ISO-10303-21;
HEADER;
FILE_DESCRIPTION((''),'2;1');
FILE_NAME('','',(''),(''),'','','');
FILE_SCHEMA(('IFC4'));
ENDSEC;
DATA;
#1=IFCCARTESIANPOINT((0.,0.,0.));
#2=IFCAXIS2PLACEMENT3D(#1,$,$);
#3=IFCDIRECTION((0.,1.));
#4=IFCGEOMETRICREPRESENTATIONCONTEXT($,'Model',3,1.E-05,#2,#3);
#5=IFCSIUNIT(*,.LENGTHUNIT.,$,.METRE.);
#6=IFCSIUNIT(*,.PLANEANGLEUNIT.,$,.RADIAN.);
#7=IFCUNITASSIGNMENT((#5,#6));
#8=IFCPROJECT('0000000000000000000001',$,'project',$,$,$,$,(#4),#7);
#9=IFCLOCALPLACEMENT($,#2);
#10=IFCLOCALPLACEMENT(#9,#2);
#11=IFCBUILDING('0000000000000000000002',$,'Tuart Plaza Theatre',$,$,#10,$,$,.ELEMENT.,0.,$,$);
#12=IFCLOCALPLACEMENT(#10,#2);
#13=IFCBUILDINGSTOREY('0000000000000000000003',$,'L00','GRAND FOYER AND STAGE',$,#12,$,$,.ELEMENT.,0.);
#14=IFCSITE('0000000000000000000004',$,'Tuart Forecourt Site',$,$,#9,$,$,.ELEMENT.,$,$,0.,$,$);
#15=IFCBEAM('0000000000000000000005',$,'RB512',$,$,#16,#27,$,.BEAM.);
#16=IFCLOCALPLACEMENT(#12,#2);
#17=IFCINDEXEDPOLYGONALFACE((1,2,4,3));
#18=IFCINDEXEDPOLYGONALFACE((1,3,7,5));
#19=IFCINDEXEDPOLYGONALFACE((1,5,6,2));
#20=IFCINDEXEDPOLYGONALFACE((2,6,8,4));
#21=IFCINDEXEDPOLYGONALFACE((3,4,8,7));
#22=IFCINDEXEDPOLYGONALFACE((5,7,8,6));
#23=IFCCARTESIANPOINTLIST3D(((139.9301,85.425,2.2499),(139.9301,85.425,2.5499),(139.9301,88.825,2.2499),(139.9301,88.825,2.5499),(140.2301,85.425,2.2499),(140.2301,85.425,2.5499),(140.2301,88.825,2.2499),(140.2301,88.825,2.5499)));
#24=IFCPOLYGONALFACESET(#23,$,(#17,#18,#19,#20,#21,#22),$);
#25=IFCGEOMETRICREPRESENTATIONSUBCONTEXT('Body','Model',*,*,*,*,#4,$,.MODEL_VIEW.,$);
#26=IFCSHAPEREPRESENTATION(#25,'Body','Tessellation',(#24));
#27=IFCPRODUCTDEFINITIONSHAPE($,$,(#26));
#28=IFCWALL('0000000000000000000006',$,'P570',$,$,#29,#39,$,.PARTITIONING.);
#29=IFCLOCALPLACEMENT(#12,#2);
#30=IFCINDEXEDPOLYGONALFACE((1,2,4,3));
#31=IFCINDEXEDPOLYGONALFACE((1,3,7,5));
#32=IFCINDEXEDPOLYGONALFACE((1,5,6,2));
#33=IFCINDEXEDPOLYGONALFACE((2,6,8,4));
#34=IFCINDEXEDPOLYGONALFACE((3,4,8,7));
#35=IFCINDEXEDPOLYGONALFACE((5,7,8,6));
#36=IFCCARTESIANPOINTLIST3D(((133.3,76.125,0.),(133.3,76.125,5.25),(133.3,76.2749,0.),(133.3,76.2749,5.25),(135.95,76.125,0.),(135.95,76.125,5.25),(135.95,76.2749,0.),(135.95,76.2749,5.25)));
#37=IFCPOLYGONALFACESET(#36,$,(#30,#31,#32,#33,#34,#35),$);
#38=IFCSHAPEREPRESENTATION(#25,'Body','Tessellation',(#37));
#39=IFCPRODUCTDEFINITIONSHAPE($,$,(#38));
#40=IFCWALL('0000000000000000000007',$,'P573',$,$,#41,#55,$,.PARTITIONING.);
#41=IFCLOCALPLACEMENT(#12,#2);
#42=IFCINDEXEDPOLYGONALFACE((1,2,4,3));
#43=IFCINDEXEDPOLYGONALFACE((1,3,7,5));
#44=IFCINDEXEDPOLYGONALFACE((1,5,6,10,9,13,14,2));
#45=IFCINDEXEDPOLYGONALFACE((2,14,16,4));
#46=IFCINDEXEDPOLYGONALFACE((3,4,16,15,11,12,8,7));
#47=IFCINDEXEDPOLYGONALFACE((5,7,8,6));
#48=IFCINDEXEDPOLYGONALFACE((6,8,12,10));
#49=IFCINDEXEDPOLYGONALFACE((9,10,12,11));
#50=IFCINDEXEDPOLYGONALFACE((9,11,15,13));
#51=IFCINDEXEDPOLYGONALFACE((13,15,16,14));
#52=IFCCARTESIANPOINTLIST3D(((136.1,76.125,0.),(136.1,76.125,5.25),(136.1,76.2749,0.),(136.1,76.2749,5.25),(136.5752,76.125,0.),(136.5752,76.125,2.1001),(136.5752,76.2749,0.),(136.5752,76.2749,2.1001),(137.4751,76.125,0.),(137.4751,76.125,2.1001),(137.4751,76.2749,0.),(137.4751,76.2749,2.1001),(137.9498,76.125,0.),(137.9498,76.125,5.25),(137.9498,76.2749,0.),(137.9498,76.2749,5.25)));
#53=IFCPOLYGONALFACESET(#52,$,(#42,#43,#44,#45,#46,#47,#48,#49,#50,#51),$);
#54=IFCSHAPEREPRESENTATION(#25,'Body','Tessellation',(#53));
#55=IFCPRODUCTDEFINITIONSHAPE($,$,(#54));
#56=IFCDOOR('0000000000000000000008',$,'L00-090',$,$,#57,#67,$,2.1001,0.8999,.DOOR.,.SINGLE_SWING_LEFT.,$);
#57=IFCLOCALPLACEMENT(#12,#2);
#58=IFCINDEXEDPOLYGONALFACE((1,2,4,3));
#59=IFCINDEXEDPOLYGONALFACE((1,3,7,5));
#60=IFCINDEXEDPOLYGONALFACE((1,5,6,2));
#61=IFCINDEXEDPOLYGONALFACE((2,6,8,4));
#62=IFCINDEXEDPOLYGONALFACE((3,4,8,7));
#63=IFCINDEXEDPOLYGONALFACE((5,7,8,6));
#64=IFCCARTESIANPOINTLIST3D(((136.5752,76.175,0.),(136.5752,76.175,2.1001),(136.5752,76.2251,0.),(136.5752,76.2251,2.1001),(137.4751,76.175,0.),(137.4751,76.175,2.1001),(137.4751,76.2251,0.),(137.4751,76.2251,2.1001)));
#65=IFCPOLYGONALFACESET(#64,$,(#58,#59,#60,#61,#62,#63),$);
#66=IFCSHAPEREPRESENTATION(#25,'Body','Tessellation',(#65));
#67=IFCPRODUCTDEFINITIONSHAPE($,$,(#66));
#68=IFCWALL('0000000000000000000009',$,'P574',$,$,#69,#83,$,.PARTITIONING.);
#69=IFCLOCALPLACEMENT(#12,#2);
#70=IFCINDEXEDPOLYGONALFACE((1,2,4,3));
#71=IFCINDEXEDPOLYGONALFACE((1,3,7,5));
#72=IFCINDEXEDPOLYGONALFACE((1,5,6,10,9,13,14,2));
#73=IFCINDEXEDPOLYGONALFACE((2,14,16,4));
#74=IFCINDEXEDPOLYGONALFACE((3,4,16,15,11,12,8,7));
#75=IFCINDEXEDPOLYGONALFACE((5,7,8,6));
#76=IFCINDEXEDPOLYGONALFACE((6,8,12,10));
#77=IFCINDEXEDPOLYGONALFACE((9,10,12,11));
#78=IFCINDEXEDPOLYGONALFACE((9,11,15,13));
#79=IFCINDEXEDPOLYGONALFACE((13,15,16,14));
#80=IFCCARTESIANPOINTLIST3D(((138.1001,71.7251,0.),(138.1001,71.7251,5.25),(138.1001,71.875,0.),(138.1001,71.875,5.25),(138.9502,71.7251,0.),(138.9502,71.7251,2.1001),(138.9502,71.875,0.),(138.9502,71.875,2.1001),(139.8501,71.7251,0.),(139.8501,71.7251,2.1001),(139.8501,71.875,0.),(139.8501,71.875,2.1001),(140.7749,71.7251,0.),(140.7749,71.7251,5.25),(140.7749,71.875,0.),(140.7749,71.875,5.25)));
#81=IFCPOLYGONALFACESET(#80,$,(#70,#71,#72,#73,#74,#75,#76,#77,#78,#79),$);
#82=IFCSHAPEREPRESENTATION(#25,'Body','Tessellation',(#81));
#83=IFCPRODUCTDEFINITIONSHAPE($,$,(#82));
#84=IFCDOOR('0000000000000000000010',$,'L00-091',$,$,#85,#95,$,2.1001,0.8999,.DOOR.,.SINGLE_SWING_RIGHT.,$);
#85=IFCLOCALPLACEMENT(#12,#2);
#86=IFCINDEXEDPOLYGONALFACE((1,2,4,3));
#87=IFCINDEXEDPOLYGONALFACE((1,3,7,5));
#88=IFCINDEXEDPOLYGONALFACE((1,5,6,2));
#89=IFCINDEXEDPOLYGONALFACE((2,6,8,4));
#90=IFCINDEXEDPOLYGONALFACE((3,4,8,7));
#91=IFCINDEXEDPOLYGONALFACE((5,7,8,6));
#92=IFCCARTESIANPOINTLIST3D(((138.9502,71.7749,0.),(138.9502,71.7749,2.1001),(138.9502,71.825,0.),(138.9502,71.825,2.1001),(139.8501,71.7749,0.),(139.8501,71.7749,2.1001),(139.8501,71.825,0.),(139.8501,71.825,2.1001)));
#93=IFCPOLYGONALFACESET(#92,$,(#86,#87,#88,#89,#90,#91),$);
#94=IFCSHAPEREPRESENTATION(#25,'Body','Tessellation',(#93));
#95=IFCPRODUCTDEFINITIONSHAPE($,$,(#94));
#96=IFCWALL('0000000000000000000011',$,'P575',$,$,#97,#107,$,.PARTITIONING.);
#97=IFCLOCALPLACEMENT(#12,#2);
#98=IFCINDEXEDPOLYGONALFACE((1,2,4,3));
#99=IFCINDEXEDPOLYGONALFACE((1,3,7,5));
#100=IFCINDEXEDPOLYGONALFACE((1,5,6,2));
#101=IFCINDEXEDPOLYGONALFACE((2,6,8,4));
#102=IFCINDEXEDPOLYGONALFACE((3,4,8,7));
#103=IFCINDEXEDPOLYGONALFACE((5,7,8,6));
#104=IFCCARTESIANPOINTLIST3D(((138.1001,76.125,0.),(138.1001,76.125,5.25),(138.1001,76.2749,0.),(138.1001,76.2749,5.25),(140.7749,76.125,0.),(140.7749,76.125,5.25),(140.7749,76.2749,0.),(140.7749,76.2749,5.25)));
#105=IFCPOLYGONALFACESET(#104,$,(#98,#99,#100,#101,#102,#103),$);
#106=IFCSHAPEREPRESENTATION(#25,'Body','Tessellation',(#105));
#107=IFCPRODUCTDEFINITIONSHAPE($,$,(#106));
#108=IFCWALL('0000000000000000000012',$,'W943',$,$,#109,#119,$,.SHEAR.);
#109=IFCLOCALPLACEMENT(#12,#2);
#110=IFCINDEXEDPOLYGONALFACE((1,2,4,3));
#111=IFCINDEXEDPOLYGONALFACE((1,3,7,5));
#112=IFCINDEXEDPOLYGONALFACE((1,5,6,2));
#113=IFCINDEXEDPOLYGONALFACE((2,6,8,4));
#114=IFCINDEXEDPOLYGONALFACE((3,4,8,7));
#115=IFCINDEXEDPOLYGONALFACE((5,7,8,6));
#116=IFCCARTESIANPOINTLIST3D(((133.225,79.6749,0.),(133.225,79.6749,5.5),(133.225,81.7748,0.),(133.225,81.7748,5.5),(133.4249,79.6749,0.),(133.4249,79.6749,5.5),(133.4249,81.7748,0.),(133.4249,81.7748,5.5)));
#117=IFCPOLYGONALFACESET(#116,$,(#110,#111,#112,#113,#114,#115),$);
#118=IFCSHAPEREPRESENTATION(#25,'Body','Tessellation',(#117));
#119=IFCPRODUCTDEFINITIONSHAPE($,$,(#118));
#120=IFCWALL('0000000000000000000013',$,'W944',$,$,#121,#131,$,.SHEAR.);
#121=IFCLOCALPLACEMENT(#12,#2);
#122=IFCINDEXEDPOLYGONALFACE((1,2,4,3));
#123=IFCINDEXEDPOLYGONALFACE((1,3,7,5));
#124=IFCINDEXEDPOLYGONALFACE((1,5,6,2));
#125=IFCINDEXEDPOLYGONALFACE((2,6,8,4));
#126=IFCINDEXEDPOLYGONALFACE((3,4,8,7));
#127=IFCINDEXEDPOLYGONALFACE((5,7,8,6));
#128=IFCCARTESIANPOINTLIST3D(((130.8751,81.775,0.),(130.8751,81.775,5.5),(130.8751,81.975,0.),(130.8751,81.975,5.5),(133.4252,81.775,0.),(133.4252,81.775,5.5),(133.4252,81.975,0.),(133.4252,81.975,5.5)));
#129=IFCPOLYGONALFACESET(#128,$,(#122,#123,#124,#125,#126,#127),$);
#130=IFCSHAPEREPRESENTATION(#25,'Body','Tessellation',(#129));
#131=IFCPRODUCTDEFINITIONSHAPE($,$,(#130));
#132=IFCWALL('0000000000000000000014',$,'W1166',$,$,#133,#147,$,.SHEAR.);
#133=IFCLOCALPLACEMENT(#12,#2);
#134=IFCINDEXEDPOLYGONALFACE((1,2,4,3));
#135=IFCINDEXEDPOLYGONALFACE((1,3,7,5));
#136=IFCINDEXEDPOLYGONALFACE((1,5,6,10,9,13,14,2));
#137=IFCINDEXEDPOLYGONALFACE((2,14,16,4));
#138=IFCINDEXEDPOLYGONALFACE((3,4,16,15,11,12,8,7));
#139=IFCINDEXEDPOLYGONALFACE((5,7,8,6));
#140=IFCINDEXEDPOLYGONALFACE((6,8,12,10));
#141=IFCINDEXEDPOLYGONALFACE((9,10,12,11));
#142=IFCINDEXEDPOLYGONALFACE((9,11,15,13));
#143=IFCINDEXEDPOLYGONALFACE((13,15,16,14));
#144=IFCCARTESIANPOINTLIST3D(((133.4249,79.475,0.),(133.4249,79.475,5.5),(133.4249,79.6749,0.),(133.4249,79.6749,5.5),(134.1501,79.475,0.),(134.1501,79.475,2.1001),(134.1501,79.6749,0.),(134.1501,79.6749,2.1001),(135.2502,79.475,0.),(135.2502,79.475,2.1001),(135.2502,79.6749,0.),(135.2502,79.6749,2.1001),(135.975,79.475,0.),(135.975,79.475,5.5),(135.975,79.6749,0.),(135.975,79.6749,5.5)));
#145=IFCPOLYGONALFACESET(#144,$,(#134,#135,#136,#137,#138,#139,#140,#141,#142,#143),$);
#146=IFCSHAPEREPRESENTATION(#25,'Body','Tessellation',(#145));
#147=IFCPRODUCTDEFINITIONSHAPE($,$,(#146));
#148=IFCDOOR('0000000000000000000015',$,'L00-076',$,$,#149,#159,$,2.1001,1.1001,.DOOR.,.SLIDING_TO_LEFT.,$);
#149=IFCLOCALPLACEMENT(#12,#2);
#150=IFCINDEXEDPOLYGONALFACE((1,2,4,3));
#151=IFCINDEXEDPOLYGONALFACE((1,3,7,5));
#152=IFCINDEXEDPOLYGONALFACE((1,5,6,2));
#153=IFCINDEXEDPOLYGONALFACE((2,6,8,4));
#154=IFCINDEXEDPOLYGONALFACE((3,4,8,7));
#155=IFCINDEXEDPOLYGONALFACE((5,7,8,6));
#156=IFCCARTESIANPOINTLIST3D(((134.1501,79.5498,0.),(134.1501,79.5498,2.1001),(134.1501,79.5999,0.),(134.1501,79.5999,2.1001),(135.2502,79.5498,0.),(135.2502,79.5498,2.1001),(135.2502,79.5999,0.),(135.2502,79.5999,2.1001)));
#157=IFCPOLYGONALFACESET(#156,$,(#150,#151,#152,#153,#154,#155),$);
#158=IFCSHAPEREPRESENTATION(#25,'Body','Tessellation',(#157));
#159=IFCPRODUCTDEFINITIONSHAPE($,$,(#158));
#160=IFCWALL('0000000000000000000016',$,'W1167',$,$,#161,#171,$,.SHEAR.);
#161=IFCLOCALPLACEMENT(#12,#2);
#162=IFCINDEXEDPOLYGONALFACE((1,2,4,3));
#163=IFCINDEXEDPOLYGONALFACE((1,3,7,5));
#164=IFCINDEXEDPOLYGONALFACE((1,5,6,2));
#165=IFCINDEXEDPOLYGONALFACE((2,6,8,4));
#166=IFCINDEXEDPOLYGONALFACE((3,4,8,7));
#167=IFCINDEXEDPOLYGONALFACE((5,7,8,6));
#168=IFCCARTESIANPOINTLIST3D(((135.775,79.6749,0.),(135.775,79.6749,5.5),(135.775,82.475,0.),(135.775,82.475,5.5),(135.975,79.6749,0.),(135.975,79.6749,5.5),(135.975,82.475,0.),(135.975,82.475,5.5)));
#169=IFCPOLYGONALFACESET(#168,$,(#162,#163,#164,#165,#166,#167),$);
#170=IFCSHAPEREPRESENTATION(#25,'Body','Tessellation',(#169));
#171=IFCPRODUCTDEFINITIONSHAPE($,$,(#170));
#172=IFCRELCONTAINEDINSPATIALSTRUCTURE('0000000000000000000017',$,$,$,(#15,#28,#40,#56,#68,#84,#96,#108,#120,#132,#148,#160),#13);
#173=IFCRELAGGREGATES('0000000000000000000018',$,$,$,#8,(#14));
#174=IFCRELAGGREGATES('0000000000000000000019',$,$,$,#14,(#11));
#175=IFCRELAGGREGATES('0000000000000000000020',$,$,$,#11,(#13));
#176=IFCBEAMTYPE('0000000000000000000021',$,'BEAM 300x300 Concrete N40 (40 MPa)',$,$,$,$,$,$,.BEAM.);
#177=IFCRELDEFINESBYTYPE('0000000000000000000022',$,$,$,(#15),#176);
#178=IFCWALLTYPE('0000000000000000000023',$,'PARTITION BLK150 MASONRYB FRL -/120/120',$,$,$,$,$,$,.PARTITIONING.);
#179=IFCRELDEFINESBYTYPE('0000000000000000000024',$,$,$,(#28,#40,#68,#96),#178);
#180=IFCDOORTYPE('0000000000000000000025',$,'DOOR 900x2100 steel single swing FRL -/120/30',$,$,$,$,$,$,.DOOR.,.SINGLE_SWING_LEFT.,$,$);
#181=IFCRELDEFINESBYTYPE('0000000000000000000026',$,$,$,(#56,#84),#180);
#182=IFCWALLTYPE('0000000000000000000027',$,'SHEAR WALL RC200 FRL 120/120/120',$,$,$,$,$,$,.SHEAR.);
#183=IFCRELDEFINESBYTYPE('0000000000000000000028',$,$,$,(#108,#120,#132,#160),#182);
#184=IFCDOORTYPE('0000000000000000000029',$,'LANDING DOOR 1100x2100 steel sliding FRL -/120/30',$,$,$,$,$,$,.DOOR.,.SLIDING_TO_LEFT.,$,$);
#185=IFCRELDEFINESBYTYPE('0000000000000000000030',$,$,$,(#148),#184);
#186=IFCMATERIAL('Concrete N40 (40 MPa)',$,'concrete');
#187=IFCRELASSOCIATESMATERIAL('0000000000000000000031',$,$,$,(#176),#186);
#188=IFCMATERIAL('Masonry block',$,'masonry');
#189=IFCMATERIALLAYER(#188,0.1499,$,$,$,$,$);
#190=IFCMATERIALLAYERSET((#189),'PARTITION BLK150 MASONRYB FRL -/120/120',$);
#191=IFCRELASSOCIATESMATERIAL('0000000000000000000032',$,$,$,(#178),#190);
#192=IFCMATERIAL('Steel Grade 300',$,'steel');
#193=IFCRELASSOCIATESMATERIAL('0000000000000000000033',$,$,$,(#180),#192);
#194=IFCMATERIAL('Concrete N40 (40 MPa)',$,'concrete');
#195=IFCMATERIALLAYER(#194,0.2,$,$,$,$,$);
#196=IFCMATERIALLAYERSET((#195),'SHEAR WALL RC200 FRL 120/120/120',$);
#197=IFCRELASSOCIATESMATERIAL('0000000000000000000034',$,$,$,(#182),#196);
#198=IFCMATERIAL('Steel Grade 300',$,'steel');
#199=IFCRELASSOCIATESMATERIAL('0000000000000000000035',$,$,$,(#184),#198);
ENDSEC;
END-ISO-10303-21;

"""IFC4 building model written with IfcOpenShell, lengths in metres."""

from ifc_helpers import new_model, si_unit, direction, frame, frame_2d, origin, origin_2d, place, context, subcontext, project, spatial, rectangle, extrude, material, layer, layer_set, material_profile, profile_set, type_object, element, fill, save


model = new_model("IFC4")

# Units and contexts
model_context = context("Model", 3, precision=1e-05, world=origin(), true_north=direction((0.0, 1.0)))
body_context = subcontext(model_context, "Body", "Model", "MODEL_VIEW")
ifc_project = project(units=[si_unit("LENGTHUNIT", "METRE"), si_unit("PLANEANGLEUNIT", "RADIAN")], contexts=[model_context])

# Site, building, storey
site_placement = place(None, origin())
site = spatial("IfcSite", under=ifc_project, at=site_placement, Name="Tuart Forecourt Site", CompositionType="ELEMENT", RefElevation=0.0)
building_placement = place(site_placement, origin())
building = spatial("IfcBuilding", under=site, at=building_placement, Name="Tuart Plaza Theatre", CompositionType="ELEMENT", ElevationOfRefHeight=0.0)
storey_placement = place(building_placement, origin())
storey = spatial("IfcBuildingStorey", under=building, at=storey_placement, Name="L00", Description="GRAND FOYER AND STAGE", CompositionType="ELEMENT", Elevation=0.0)

# Beam
ifc_material_1 = material(Name="Concrete N40 (40 MPa)", Category="concrete")
ifc_material_profile = material_profile(ifc_material_1, rectangle(XDim=0.3, YDim=0.3, at=origin_2d()), Name="BEAM 300x300 Concrete N40 (40 MPa)")
ifc_profile_set = profile_set([ifc_material_profile], Name="Concrete N40 (40 MPa)")
beam_type = type_object("IfcBeamType", Name="BEAM 300x300 Concrete N40 (40 MPa)", PredefinedType="BEAM", material=ifc_profile_set)
beam_placement = place(storey_placement, frame((140.0801, 85.425, 2.3999), z_axis=(0.0, 1.0, 0.0), x_axis=(-1.0, 0.0, 0.0)))
element("IfcBeam", 1, at=beam_placement, inside=storey, type_object=beam_type, Name="RB512", PredefinedType="BEAM", context=body_context, shape_type="SweptSolid", body=[
    extrude(rectangle(XDim=0.3, YDim=0.3, at=origin_2d()), origin(), (0.0, 0.0, 1.0), 3.3999),
])

# Wall
ifc_material_2 = material(Name="Masonry block", Category="masonry")
ifc_layer_1 = layer(ifc_material_2, 0.1499)
ifc_layer_set_1 = layer_set([ifc_layer_1], Name="PARTITION BLK150 MASONRYB FRL -/120/120")
wall_type_1 = type_object("IfcWallType", Name="PARTITION BLK150 MASONRYB FRL -/120/120", PredefinedType="PARTITIONING", material=ifc_layer_set_1)
wall_1_placement = place(storey_placement, frame((133.3, 76.2, 0.0), z_axis=(0.0, 0.0, 1.0), x_axis=(1.0, 0.0, 0.0)))
element("IfcWall", 2, at=wall_1_placement, inside=storey, type_object=wall_type_1, Name="P570", PredefinedType="PARTITIONING", context=body_context, shape_type="SweptSolid", body=[
    extrude(rectangle(XDim=2.6499, YDim=0.1499, at=frame_2d((1.325, 0.0))), origin(), (0.0, 0.0, 1.0), 5.25),
])

# Walls, openings, doors
wall_2_placement = place(storey_placement, frame((136.1001, 76.2, 0.0), z_axis=(0.0, 0.0, 1.0), x_axis=(1.0, 0.0, 0.0)))
wall_2 = element("IfcWall", 3, at=wall_2_placement, inside=storey, type_object=wall_type_1, Name="P573", PredefinedType="PARTITIONING", context=body_context, shape_type="SweptSolid", body=[
    extrude(rectangle(XDim=1.8499, YDim=0.1499, at=frame_2d((0.9248, 0.0))), origin(), (0.0, 0.0, 1.0), 5.25),
])
opening_1_placement = place(wall_2_placement, frame((0.4751, 0.0, 0.0)))
opening_1 = element("IfcOpeningElement", 4, at=opening_1_placement, cuts=wall_2, PredefinedType="OPENING", context=body_context, shape_type="SweptSolid", body=[
    extrude(rectangle(XDim=0.8999, YDim=2.1001, at=frame_2d((0.45, 1.05))), frame((0.0, 0.085, 0.0), z_axis=(0.0, -1.0, 0.0), x_axis=(1.0, 0.0, 0.0)), (0.0, 0.0, 1.0), 0.1699),
])
ifc_material_3 = material(Name="Steel Grade 300", Category="steel")
door_type_1 = type_object("IfcDoorType", Name="DOOR 900x2100 steel single swing FRL -/120/30", OperationType="SINGLE_SWING_LEFT", PredefinedType="DOOR", material=ifc_material_3)
door_1_placement = place(opening_1_placement, frame((0.8999, 0.0, 0.0), z_axis=(0.0, 0.0, 1.0), x_axis=(-1.0, 0.0, 0.0)))
door_1 = element("IfcDoor", 5, at=door_1_placement, inside=storey, type_object=door_type_1, Name="L00-090", OperationType="SINGLE_SWING_LEFT", OverallHeight=2.1001, OverallWidth=0.8999, PredefinedType="DOOR", context=body_context, shape_type="SweptSolid", body=[
    extrude(rectangle(XDim=0.8999, YDim=2.1001, at=frame_2d((0.45, 1.05))), frame((0.0, 0.0249, 0.0), z_axis=(0.0, -1.0, 0.0), x_axis=(1.0, 0.0, 0.0)), (0.0, 0.0, 1.0), 0.05),
])
fill(opening_1, door_1)
wall_3_placement = place(storey_placement, frame((138.1001, 71.8, 0.0), z_axis=(0.0, 0.0, 1.0), x_axis=(1.0, 0.0, 0.0)))
wall_3 = element("IfcWall", 6, at=wall_3_placement, inside=storey, type_object=wall_type_1, Name="P574", PredefinedType="PARTITIONING", context=body_context, shape_type="SweptSolid", body=[
    extrude(rectangle(XDim=2.6748, YDim=0.1499, at=frame_2d((1.3374, 0.0))), origin(), (0.0, 0.0, 1.0), 5.25),
])
opening_2_placement = place(wall_3_placement, frame((0.8501, 0.0, 0.0)))
opening_2 = element("IfcOpeningElement", 7, at=opening_2_placement, cuts=wall_3, PredefinedType="OPENING", context=body_context, shape_type="SweptSolid", body=[
    extrude(rectangle(XDim=0.8999, YDim=2.1001, at=frame_2d((0.45, 1.05))), frame((0.0, 0.085, 0.0), z_axis=(0.0, -1.0, 0.0), x_axis=(1.0, 0.0, 0.0)), (0.0, 0.0, 1.0), 0.1699),
])
door_2_placement = place(opening_2_placement, origin())
door_2 = element("IfcDoor", 8, at=door_2_placement, inside=storey, type_object=door_type_1, Name="L00-091", OperationType="SINGLE_SWING_RIGHT", OverallHeight=2.1001, OverallWidth=0.8999, PredefinedType="DOOR", context=body_context, shape_type="SweptSolid", body=[
    extrude(rectangle(XDim=0.8999, YDim=2.1001, at=frame_2d((0.45, 1.05))), frame((0.0, 0.0249, 0.0), z_axis=(0.0, -1.0, 0.0), x_axis=(1.0, 0.0, 0.0)), (0.0, 0.0, 1.0), 0.05),
])
fill(opening_2, door_2)

# Walls
wall_4_placement = place(storey_placement, frame((138.1001, 76.2, 0.0), z_axis=(0.0, 0.0, 1.0), x_axis=(1.0, 0.0, 0.0)))
element("IfcWall", 9, at=wall_4_placement, inside=storey, type_object=wall_type_1, Name="P575", PredefinedType="PARTITIONING", context=body_context, shape_type="SweptSolid", body=[
    extrude(rectangle(XDim=2.6748, YDim=0.1499, at=frame_2d((1.3374, 0.0))), origin(), (0.0, 0.0, 1.0), 5.25),
])
ifc_material_4 = material(Name="Concrete N40 (40 MPa)", Category="concrete")
ifc_layer_2 = layer(ifc_material_4, 0.2)
ifc_layer_set_2 = layer_set([ifc_layer_2], Name="SHEAR WALL RC200 FRL 120/120/120")
wall_type_2 = type_object("IfcWallType", Name="SHEAR WALL RC200 FRL 120/120/120", PredefinedType="SHEAR", material=ifc_layer_set_2)
wall_5_placement = place(storey_placement, frame((133.325, 79.675, 0.0), z_axis=(0.0, 0.0, 1.0), x_axis=(0.0, 1.0, 0.0)))
element("IfcWall", 10, at=wall_5_placement, inside=storey, type_object=wall_type_2, Name="W943", PredefinedType="SHEAR", context=body_context, shape_type="SweptSolid", body=[
    extrude(rectangle(XDim=2.0999, YDim=0.2, at=frame_2d((1.0498, 0.0))), origin(), (0.0, 0.0, 1.0), 5.5),
])
wall_6_placement = place(storey_placement, frame((133.425, 81.875, 0.0), z_axis=(0.0, 0.0, 1.0), x_axis=(-1.0, 0.0, 0.0)))
element("IfcWall", 11, at=wall_6_placement, inside=storey, type_object=wall_type_2, Name="W944", PredefinedType="SHEAR", context=body_context, shape_type="SweptSolid", body=[
    extrude(rectangle(XDim=2.55, YDim=0.2, at=frame_2d((1.2749, 0.0))), origin(), (0.0, 0.0, 1.0), 5.5),
])

# Wall, opening, door
wall_7_placement = place(storey_placement, frame((133.425, 79.575, 0.0), z_axis=(0.0, 0.0, 1.0), x_axis=(1.0, 0.0, 0.0)))
wall_7 = element("IfcWall", 12, at=wall_7_placement, inside=storey, type_object=wall_type_2, Name="W1166", PredefinedType="SHEAR", context=body_context, shape_type="SweptSolid", body=[
    extrude(rectangle(XDim=2.55, YDim=0.2, at=frame_2d((1.2749, 0.0))), origin(), (0.0, 0.0, 1.0), 5.5),
])
opening_3_placement = place(wall_7_placement, frame((0.7251, 0.0, 0.0)))
opening_3 = element("IfcOpeningElement", 13, at=opening_3_placement, cuts=wall_7, PredefinedType="OPENING", context=body_context, shape_type="SweptSolid", body=[
    extrude(rectangle(XDim=1.1001, YDim=2.1001, at=frame_2d((0.55, 1.05))), frame((0.0, 0.1099, 0.0), z_axis=(0.0, -1.0, 0.0), x_axis=(1.0, 0.0, 0.0)), (0.0, 0.0, 1.0), 0.22),
])
ifc_material_5 = material(Name="Steel Grade 300", Category="steel")
door_type_2 = type_object("IfcDoorType", Name="LANDING DOOR 1100x2100 steel sliding FRL -/120/30", OperationType="SLIDING_TO_LEFT", PredefinedType="DOOR", material=ifc_material_5)
door_3_placement = place(opening_3_placement, origin())
door_3 = element("IfcDoor", 14, at=door_3_placement, inside=storey, type_object=door_type_2, Name="L00-076", OperationType="SLIDING_TO_LEFT", OverallHeight=2.1001, OverallWidth=1.1001, PredefinedType="DOOR", context=body_context, shape_type="SweptSolid", body=[
    extrude(rectangle(XDim=1.1001, YDim=2.1001, at=frame_2d((0.55, 1.05))), frame((0.0, 0.0249, 0.0), z_axis=(0.0, -1.0, 0.0), x_axis=(1.0, 0.0, 0.0)), (0.0, 0.0, 1.0), 0.05),
])
fill(opening_3, door_3)

# Wall
wall_8_placement = place(storey_placement, frame((135.875, 79.675, 0.0), z_axis=(0.0, 0.0, 1.0), x_axis=(0.0, 1.0, 0.0)))
element("IfcWall", 15, at=wall_8_placement, inside=storey, type_object=wall_type_2, Name="W1167", PredefinedType="SHEAR", context=body_context, shape_type="SweptSolid", body=[
    extrude(rectangle(XDim=2.8, YDim=0.2, at=frame_2d((1.3999, 0.0))), origin(), (0.0, 0.0, 1.0), 5.5),
])

save(model, "model.ifc")
